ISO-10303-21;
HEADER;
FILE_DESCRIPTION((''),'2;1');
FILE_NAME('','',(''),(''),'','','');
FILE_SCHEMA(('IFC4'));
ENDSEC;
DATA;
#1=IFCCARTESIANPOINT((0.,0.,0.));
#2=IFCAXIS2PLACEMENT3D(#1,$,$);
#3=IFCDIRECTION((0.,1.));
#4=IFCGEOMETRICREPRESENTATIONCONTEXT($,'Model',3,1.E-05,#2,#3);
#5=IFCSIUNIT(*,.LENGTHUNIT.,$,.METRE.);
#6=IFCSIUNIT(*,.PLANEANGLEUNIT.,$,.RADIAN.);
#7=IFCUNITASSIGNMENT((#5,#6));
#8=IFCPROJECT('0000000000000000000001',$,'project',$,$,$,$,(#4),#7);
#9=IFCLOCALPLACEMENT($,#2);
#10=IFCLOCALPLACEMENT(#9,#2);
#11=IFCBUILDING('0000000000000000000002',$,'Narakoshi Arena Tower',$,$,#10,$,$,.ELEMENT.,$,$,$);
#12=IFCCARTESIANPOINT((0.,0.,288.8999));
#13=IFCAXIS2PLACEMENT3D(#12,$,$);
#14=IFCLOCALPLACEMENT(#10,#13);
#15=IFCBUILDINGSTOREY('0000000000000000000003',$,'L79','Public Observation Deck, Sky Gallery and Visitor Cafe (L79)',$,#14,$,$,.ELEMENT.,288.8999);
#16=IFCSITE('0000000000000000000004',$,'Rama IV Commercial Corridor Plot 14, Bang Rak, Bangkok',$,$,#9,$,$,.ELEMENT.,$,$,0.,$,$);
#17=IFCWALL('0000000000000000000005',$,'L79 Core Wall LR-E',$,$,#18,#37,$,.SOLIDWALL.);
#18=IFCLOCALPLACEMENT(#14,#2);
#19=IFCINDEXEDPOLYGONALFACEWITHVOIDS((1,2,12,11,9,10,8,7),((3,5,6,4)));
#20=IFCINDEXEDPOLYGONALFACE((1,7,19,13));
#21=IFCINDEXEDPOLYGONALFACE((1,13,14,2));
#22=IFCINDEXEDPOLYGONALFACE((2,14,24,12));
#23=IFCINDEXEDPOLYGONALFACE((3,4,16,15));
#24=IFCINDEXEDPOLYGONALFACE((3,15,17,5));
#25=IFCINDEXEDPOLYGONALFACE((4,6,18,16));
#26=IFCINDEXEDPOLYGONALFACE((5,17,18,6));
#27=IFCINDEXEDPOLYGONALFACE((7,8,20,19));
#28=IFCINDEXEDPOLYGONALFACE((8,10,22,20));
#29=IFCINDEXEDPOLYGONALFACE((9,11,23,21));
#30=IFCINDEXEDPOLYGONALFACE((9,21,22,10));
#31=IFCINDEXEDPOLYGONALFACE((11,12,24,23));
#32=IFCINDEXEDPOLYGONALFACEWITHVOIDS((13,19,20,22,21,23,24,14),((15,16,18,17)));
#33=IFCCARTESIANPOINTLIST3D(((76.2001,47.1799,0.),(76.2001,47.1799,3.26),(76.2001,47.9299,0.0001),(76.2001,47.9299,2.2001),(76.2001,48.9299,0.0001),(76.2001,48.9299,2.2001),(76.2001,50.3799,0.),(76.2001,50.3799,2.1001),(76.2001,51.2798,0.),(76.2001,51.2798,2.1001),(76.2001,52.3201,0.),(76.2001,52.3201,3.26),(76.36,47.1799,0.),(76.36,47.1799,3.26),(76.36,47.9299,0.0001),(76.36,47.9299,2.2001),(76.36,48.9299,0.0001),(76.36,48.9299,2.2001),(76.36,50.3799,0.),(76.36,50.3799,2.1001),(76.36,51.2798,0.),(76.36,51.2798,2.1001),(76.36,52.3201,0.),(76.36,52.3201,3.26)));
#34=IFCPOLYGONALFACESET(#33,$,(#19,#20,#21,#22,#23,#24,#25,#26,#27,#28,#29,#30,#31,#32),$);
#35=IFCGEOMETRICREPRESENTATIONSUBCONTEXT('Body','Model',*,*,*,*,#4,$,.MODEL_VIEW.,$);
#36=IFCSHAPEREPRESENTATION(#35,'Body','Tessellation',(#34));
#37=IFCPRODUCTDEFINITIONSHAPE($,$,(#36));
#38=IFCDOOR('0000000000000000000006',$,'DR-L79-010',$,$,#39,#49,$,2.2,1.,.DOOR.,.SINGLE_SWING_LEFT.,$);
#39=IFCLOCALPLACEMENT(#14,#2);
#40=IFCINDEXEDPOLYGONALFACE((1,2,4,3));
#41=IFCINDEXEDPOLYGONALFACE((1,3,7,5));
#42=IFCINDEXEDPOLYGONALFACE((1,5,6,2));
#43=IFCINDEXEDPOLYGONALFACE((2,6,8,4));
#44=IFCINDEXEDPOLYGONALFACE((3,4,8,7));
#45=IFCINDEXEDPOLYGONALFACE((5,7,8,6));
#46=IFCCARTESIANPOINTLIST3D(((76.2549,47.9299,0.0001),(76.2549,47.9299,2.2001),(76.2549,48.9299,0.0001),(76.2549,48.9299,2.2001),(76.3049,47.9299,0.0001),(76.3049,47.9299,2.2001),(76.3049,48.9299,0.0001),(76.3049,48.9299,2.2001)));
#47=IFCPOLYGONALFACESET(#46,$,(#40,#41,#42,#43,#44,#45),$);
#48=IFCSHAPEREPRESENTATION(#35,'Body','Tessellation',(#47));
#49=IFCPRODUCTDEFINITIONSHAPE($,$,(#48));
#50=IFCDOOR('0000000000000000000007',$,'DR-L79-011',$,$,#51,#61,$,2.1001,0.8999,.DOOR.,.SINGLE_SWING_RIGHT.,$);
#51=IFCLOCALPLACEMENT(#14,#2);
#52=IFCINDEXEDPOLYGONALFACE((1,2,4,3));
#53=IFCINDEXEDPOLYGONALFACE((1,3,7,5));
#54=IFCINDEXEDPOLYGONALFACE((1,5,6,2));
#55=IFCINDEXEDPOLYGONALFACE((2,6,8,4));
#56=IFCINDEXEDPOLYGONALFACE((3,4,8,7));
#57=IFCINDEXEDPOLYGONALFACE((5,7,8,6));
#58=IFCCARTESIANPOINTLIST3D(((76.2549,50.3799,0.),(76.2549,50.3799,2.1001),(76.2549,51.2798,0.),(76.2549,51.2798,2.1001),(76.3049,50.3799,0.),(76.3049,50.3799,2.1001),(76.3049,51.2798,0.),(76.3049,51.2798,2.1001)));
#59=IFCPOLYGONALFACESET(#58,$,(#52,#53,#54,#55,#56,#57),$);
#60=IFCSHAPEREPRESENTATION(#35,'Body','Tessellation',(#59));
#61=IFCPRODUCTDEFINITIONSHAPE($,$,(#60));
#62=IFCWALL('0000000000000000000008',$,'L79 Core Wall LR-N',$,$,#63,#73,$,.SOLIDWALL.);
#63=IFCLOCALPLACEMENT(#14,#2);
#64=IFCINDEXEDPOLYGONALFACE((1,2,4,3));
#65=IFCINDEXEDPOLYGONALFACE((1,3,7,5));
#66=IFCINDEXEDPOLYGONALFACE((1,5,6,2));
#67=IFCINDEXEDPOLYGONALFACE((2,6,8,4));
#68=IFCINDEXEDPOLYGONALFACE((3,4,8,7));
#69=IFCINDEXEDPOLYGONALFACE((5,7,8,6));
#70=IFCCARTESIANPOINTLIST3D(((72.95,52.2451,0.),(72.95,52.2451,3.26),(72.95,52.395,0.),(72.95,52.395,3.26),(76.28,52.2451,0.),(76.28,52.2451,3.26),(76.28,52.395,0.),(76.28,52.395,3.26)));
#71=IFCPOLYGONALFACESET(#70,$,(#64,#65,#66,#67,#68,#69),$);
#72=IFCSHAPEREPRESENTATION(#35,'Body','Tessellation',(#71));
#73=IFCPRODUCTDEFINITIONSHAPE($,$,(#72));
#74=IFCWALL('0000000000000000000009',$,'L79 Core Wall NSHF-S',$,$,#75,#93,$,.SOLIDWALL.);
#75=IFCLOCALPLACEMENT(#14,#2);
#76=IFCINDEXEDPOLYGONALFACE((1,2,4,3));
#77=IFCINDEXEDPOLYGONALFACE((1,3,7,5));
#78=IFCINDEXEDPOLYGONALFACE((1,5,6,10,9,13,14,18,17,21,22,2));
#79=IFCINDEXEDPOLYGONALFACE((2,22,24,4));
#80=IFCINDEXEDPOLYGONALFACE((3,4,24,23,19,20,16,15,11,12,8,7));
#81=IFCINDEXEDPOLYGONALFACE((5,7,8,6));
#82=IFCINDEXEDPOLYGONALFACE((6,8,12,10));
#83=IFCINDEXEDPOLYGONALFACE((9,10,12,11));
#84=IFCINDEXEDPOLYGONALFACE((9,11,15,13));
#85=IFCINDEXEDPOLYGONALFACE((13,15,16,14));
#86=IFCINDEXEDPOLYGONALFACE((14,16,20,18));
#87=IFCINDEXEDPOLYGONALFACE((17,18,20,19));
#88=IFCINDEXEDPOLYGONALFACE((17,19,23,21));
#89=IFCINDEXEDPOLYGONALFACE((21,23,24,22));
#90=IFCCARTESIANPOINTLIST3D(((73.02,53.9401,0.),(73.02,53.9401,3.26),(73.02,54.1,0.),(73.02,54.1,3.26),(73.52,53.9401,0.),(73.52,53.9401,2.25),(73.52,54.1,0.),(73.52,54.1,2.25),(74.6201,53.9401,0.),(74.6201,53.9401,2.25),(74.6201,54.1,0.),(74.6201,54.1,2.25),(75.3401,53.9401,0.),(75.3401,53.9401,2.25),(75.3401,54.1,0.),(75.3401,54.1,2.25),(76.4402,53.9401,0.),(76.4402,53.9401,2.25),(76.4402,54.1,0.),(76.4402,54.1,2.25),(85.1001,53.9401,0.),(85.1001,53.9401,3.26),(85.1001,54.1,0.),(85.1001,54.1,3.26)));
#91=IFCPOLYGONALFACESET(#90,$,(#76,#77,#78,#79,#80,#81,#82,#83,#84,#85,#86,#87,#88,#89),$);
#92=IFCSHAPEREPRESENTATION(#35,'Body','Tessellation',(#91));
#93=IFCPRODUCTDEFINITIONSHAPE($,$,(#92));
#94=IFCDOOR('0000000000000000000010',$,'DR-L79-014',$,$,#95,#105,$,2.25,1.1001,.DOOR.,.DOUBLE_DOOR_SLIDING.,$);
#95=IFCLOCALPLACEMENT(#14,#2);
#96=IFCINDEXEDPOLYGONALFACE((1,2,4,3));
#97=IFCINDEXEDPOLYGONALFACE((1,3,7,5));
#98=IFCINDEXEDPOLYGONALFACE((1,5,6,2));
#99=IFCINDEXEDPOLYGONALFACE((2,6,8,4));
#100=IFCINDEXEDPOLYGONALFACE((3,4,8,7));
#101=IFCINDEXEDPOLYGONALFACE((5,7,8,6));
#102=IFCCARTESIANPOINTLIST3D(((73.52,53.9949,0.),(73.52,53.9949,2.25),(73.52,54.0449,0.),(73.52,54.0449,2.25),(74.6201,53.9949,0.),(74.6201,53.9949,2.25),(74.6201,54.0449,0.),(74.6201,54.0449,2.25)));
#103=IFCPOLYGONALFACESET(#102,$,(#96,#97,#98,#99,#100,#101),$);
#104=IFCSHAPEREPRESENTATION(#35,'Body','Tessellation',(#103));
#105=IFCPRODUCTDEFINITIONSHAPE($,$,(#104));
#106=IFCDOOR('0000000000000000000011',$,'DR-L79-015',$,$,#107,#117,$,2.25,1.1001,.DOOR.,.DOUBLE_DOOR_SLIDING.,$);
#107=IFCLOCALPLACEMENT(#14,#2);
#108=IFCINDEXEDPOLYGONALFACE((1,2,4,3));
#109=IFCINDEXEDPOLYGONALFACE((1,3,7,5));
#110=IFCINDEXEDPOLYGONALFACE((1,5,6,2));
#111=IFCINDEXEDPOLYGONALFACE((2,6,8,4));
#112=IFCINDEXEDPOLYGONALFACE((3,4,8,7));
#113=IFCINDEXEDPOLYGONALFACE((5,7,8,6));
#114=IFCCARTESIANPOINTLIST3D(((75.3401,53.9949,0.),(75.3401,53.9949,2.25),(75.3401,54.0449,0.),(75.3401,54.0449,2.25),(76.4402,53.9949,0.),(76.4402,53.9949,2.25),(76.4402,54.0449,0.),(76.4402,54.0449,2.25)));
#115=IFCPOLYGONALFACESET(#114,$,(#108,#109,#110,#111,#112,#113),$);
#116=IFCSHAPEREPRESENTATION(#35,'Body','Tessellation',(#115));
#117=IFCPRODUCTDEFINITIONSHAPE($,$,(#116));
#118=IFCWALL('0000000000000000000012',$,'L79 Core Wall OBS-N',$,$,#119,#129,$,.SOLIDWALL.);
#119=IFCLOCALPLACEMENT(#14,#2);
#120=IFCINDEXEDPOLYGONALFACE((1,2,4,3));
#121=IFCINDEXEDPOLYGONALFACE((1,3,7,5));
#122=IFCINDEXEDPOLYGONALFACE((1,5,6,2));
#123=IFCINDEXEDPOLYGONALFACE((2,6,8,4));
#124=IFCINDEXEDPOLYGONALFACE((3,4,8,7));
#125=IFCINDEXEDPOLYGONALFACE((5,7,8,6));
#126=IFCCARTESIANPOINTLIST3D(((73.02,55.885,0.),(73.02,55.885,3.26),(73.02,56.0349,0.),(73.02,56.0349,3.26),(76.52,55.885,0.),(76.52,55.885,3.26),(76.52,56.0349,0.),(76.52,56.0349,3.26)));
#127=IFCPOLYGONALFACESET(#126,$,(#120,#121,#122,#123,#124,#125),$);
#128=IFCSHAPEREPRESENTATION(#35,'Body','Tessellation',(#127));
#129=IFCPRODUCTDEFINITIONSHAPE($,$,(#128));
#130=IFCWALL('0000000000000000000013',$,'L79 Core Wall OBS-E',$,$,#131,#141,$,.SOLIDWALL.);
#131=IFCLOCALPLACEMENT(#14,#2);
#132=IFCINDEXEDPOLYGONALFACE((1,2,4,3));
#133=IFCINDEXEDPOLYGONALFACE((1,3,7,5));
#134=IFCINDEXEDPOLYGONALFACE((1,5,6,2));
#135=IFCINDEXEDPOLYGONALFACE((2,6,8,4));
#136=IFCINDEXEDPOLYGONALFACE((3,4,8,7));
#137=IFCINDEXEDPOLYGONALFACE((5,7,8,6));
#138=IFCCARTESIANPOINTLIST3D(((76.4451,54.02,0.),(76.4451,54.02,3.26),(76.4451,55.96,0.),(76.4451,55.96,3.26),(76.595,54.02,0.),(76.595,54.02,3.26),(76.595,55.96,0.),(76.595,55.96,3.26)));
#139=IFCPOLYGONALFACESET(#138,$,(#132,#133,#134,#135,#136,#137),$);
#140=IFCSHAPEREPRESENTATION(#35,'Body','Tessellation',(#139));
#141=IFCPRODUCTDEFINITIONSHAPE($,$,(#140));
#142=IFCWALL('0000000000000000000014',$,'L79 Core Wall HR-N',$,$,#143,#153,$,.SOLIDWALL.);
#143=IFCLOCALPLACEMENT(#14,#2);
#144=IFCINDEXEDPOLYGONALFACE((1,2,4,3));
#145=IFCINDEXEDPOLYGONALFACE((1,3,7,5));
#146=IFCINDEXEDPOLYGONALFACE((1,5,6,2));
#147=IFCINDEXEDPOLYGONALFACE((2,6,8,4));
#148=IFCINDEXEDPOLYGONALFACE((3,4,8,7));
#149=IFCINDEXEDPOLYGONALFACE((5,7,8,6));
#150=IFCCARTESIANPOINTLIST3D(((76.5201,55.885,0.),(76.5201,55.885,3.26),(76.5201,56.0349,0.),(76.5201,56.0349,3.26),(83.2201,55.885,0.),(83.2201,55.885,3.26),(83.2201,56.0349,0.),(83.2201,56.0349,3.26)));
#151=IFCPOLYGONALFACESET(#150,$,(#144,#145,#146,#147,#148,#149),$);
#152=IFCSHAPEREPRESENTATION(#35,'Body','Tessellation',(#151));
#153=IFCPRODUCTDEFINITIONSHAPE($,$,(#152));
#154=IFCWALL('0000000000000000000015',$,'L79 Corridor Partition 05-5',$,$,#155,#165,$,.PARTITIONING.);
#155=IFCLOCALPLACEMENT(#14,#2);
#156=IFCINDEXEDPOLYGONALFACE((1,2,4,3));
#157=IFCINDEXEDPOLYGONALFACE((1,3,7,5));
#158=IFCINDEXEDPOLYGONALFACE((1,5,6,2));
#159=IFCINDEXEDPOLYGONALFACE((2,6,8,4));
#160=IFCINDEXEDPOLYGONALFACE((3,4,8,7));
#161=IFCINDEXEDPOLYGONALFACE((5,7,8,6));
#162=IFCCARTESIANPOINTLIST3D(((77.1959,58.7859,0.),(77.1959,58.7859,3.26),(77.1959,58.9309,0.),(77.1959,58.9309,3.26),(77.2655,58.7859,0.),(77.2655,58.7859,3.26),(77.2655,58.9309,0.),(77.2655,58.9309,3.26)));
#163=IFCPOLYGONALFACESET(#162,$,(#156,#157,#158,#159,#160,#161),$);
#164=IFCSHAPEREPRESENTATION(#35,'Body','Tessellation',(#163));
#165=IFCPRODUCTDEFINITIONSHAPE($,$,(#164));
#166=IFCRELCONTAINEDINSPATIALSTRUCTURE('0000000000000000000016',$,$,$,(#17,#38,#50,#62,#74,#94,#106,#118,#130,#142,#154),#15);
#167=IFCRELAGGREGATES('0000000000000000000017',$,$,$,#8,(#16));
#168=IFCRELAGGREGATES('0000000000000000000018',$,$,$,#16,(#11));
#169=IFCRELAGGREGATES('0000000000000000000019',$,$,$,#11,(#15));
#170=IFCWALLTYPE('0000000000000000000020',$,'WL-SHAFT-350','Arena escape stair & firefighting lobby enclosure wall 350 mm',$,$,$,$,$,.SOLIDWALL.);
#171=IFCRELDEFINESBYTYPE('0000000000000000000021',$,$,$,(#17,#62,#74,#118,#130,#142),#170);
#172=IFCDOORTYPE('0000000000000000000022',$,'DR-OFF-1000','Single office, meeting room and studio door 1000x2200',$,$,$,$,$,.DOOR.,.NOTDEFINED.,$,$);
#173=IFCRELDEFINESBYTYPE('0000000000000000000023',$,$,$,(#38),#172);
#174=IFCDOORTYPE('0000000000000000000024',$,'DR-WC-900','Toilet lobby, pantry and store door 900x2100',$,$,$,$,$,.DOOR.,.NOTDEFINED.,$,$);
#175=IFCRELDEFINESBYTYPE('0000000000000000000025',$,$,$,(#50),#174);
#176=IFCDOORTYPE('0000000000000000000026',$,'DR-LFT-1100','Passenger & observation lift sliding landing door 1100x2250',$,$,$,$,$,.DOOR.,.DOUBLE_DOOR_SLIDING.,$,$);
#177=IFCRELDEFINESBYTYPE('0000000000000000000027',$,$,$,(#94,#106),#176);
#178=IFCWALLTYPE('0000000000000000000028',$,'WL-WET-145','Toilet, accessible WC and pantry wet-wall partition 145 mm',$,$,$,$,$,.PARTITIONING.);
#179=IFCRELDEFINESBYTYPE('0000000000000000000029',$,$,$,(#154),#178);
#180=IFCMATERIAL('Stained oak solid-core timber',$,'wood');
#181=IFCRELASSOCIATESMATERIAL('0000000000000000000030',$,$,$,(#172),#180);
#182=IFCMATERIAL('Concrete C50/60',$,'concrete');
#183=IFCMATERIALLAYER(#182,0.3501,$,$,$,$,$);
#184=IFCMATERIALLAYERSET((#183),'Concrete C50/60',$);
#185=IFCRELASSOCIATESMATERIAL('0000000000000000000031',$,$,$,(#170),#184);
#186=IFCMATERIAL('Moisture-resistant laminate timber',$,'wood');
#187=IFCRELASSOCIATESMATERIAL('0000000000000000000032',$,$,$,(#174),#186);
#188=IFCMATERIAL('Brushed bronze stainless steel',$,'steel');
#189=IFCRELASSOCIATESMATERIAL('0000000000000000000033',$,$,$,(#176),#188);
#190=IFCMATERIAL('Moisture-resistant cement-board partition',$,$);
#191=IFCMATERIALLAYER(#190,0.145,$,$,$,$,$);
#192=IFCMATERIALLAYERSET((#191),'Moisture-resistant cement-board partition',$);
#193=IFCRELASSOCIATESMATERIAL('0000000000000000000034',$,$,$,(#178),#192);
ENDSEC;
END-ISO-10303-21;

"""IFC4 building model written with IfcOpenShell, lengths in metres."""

from ifc_helpers import new_model, si_unit, direction, frame, frame_2d, origin, place, context, subcontext, project, spatial, rectangle, extrude, material, layer, layer_set, type_object, element, fill, save


model = new_model("IFC4")

# Units and contexts
model_context = context("Model", 3, precision=1e-05, world=origin(), true_north=direction((0.0, 1.0)))
body_context = subcontext(model_context, "Body", "Model", "MODEL_VIEW")
ifc_project = project(units=[si_unit("LENGTHUNIT", "METRE"), si_unit("PLANEANGLEUNIT", "RADIAN")], contexts=[model_context])

# Site, building, storey
site_placement = place(None, origin())
site = spatial("IfcSite", under=ifc_project, at=site_placement, Name="Rama IV Commercial Corridor Plot 14, Bang Rak, Bangkok", CompositionType="ELEMENT", RefElevation=0.0)
building_placement = place(site_placement, origin())
building = spatial("IfcBuilding", under=site, at=building_placement, Name="Narakoshi Arena Tower", CompositionType="ELEMENT")
storey_placement = place(building_placement, frame((0.0, 0.0, 288.8999)))
storey = spatial("IfcBuildingStorey", under=building, at=storey_placement, Name="L79", Description="Public Observation Deck, Sky Gallery and Visitor Cafe (L79)", CompositionType="ELEMENT", Elevation=288.8999)

# Shared definitions
ifc_material_1 = material(Name="Stained oak solid-core timber", Category="wood")
door_type_1 = type_object("IfcDoorType", Name="DR-OFF-1000", Description="Single office, meeting room and studio door 1000x2200", OperationType="NOTDEFINED", PredefinedType="DOOR", material=ifc_material_1)

# Shared definitions
ifc_material_2 = material(Name="Concrete C50/60", Category="concrete")
ifc_layer_1 = layer(ifc_material_2, 0.3501)
ifc_layer_set_1 = layer_set([ifc_layer_1], Name="Concrete C50/60")
wall_type_1 = type_object("IfcWallType", Name="WL-SHAFT-350", Description="Arena escape stair & firefighting lobby enclosure wall 350 mm", PredefinedType="SOLIDWALL", material=ifc_layer_set_1)

# Wall, openings, doors
wall_1_placement = place(storey_placement, frame((76.28, 47.1799, 0.0), z_axis=(0.0, 0.0, 1.0), x_axis=(0.0, 1.0, 0.0)))
wall_1 = element("IfcWall", 1, at=wall_1_placement, inside=storey, type_object=wall_type_1, Name="L79 Core Wall LR-E", PredefinedType="SOLIDWALL", context=body_context, shape_type="SweptSolid", body=[
    extrude(rectangle(XDim=5.1401, YDim=0.1599, at=frame_2d((2.5701, 0.0))), origin(), (0.0, 0.0, 1.0), 3.26),
])
opening_1_placement = place(wall_1_placement, frame((0.75, 0.0, 0.0)))
opening_1 = element("IfcOpeningElement", 2, at=opening_1_placement, cuts=wall_1, PredefinedType="OPENING", context=body_context, shape_type="SweptSolid", body=[
    extrude(rectangle(XDim=1.0, YDim=2.2, at=frame_2d((0.5, 1.1001))), frame((0.0, 0.0898, 0.0), z_axis=(0.0, -1.0, 0.0), x_axis=(1.0, 0.0, 0.0)), (0.0, 0.0, 1.0), 0.1799),
])
opening_2_placement = place(wall_1_placement, frame((3.2, 0.0, 0.0)))
opening_2 = element("IfcOpeningElement", 3, at=opening_2_placement, cuts=wall_1, PredefinedType="OPENING", context=body_context, shape_type="SweptSolid", body=[
    extrude(rectangle(XDim=0.8999, YDim=2.1001, at=frame_2d((0.45, 1.05))), frame((0.0, 0.0898, 0.0), z_axis=(0.0, -1.0, 0.0), x_axis=(1.0, 0.0, 0.0)), (0.0, 0.0, 1.0), 0.1799),
])
door_1_placement = place(opening_1_placement, frame((1.0, 0.0, 0.0), z_axis=(0.0, 0.0, 1.0), x_axis=(-1.0, 0.0, 0.0)))
door_1 = element("IfcDoor", 4, at=door_1_placement, inside=storey, type_object=door_type_1, Name="DR-L79-010", OperationType="SINGLE_SWING_LEFT", OverallHeight=2.2, OverallWidth=1.0, PredefinedType="DOOR", context=body_context, shape_type="SweptSolid", body=[
    extrude(rectangle(XDim=1.0, YDim=2.2, at=frame_2d((0.5, 1.1001))), frame((0.0, 0.0249, 0.0), z_axis=(0.0, -1.0, 0.0), x_axis=(1.0, 0.0, 0.0)), (0.0, 0.0, 1.0), 0.05),
])
fill(opening_1, door_1)
ifc_material_3 = material(Name="Moisture-resistant laminate timber", Category="wood")
door_type_2 = type_object("IfcDoorType", Name="DR-WC-900", Description="Toilet lobby, pantry and store door 900x2100", OperationType="NOTDEFINED", PredefinedType="DOOR", material=ifc_material_3)
door_2_placement = place(opening_2_placement, frame((0.8999, 0.0, 0.0), z_axis=(0.0, 0.0, 1.0), x_axis=(-1.0, 0.0, 0.0)))
door_2 = element("IfcDoor", 5, at=door_2_placement, inside=storey, type_object=door_type_2, Name="DR-L79-011", OperationType="SINGLE_SWING_RIGHT", OverallHeight=2.1001, OverallWidth=0.8999, PredefinedType="DOOR", context=body_context, shape_type="SweptSolid", body=[
    extrude(rectangle(XDim=0.8999, YDim=2.1001, at=frame_2d((0.45, 1.05))), frame((0.0, 0.0249, 0.0), z_axis=(0.0, -1.0, 0.0), x_axis=(1.0, 0.0, 0.0)), (0.0, 0.0, 1.0), 0.05),
])
fill(opening_2, door_2)

# Wall
wall_2_placement = place(storey_placement, frame((72.95, 52.3201, 0.0), z_axis=(0.0, 0.0, 1.0), x_axis=(1.0, 0.0, 0.0)))
element("IfcWall", 6, at=wall_2_placement, inside=storey, type_object=wall_type_1, Name="L79 Core Wall LR-N", PredefinedType="SOLIDWALL", context=body_context, shape_type="SweptSolid", body=[
    extrude(rectangle(XDim=3.3301, YDim=0.1499, at=frame_2d((1.665, 0.0))), origin(), (0.0, 0.0, 1.0), 3.26),
])

# Wall, openings, doors
wall_3_placement = place(storey_placement, frame((73.02, 54.02, 0.0), z_axis=(0.0, 0.0, 1.0), x_axis=(1.0, 0.0, 0.0)))
wall_3 = element("IfcWall", 7, at=wall_3_placement, inside=storey, type_object=wall_type_1, Name="L79 Core Wall NSHF-S", PredefinedType="SOLIDWALL", context=body_context, shape_type="SweptSolid", body=[
    extrude(rectangle(XDim=12.0801, YDim=0.1599, at=frame_2d((6.04, 0.0))), origin(), (0.0, 0.0, 1.0), 3.26),
])
opening_3_placement = place(wall_3_placement, frame((0.5, 0.0, 0.0)))
opening_3 = element("IfcOpeningElement", 8, at=opening_3_placement, cuts=wall_3, PredefinedType="OPENING", context=body_context, shape_type="SweptSolid", body=[
    extrude(rectangle(XDim=1.1001, YDim=2.25, at=frame_2d((0.55, 1.125))), frame((0.0, 0.0898, 0.0), z_axis=(0.0, -1.0, 0.0), x_axis=(1.0, 0.0, 0.0)), (0.0, 0.0, 1.0), 0.1799),
])
opening_4_placement = place(wall_3_placement, frame((2.3201, 0.0, 0.0)))
opening_4 = element("IfcOpeningElement", 9, at=opening_4_placement, cuts=wall_3, PredefinedType="OPENING", context=body_context, shape_type="SweptSolid", body=[
    extrude(rectangle(XDim=1.1001, YDim=2.25, at=frame_2d((0.55, 1.125))), frame((0.0, 0.0898, 0.0), z_axis=(0.0, -1.0, 0.0), x_axis=(1.0, 0.0, 0.0)), (0.0, 0.0, 1.0), 0.1799),
])
ifc_material_4 = material(Name="Brushed bronze stainless steel", Category="steel")
door_type_3 = type_object("IfcDoorType", Name="DR-LFT-1100", Description="Passenger & observation lift sliding landing door 1100x2250", OperationType="DOUBLE_DOOR_SLIDING", PredefinedType="DOOR", material=ifc_material_4)
door_3_placement = place(opening_3_placement, origin())
door_3 = element("IfcDoor", 10, at=door_3_placement, inside=storey, type_object=door_type_3, Name="DR-L79-014", OperationType="DOUBLE_DOOR_SLIDING", OverallHeight=2.25, OverallWidth=1.1001, PredefinedType="DOOR", context=body_context, shape_type="SweptSolid", body=[
    extrude(rectangle(XDim=1.1001, YDim=2.25, at=frame_2d((0.55, 1.125))), frame((0.0, 0.0249, 0.0), z_axis=(0.0, -1.0, 0.0), x_axis=(1.0, 0.0, 0.0)), (0.0, 0.0, 1.0), 0.05),
])
fill(opening_3, door_3)
door_4_placement = place(opening_4_placement, origin())
door_4 = element("IfcDoor", 11, at=door_4_placement, inside=storey, type_object=door_type_3, Name="DR-L79-015", OperationType="DOUBLE_DOOR_SLIDING", OverallHeight=2.25, OverallWidth=1.1001, PredefinedType="DOOR", context=body_context, shape_type="SweptSolid", body=[
    extrude(rectangle(XDim=1.1001, YDim=2.25, at=frame_2d((0.55, 1.125))), frame((0.0, 0.0249, 0.0), z_axis=(0.0, -1.0, 0.0), x_axis=(1.0, 0.0, 0.0)), (0.0, 0.0, 1.0), 0.05),
])
fill(opening_4, door_4)

# Walls
wall_4_placement = place(storey_placement, frame((73.02, 55.96, 0.0), z_axis=(0.0, 0.0, 1.0), x_axis=(1.0, 0.0, 0.0)))
element("IfcWall", 12, at=wall_4_placement, inside=storey, type_object=wall_type_1, Name="L79 Core Wall OBS-N", PredefinedType="SOLIDWALL", context=body_context, shape_type="SweptSolid", body=[
    extrude(rectangle(XDim=3.5, YDim=0.1499, at=frame_2d((1.75, 0.0))), origin(), (0.0, 0.0, 1.0), 3.26),
])
wall_5_placement = place(storey_placement, frame((76.52, 54.02, 0.0), z_axis=(0.0, 0.0, 1.0), x_axis=(0.0, 1.0, 0.0)))
element("IfcWall", 13, at=wall_5_placement, inside=storey, type_object=wall_type_1, Name="L79 Core Wall OBS-E", PredefinedType="SOLIDWALL", context=body_context, shape_type="SweptSolid", body=[
    extrude(rectangle(XDim=1.9399, YDim=0.1499, at=frame_2d((0.97, 0.0))), origin(), (0.0, 0.0, 1.0), 3.26),
])
wall_6_placement = place(storey_placement, frame((76.52, 55.96, 0.0), z_axis=(0.0, 0.0, 1.0), x_axis=(1.0, 0.0, 0.0)))
element("IfcWall", 14, at=wall_6_placement, inside=storey, type_object=wall_type_1, Name="L79 Core Wall HR-N", PredefinedType="SOLIDWALL", context=body_context, shape_type="SweptSolid", body=[
    extrude(rectangle(XDim=6.7, YDim=0.1499, at=frame_2d((3.3501, 0.0))), origin(), (0.0, 0.0, 1.0), 3.26),
])
ifc_material_5 = material(Name="Moisture-resistant cement-board partition")
ifc_layer_2 = layer(ifc_material_5, 0.145)
ifc_layer_set_2 = layer_set([ifc_layer_2], Name="Moisture-resistant cement-board partition")
wall_type_2 = type_object("IfcWallType", Name="WL-WET-145", Description="Toilet, accessible WC and pantry wet-wall partition 145 mm", PredefinedType="PARTITIONING", material=ifc_layer_set_2)
wall_7_placement = place(storey_placement, frame((77.2654, 58.8584, 0.0), z_axis=(0.0, 0.0, 1.0), x_axis=(-1.0, 0.0, 0.0)))
element("IfcWall", 15, at=wall_7_placement, inside=storey, type_object=wall_type_2, Name="L79 Corridor Partition 05-5", PredefinedType="PARTITIONING", context=body_context, shape_type="SweptSolid", body=[
    extrude(rectangle(XDim=0.0696, YDim=0.145, at=frame_2d((0.0347, 0.0))), origin(), (0.0, 0.0, 1.0), 3.26),
])

save(model, "model.ifc")
